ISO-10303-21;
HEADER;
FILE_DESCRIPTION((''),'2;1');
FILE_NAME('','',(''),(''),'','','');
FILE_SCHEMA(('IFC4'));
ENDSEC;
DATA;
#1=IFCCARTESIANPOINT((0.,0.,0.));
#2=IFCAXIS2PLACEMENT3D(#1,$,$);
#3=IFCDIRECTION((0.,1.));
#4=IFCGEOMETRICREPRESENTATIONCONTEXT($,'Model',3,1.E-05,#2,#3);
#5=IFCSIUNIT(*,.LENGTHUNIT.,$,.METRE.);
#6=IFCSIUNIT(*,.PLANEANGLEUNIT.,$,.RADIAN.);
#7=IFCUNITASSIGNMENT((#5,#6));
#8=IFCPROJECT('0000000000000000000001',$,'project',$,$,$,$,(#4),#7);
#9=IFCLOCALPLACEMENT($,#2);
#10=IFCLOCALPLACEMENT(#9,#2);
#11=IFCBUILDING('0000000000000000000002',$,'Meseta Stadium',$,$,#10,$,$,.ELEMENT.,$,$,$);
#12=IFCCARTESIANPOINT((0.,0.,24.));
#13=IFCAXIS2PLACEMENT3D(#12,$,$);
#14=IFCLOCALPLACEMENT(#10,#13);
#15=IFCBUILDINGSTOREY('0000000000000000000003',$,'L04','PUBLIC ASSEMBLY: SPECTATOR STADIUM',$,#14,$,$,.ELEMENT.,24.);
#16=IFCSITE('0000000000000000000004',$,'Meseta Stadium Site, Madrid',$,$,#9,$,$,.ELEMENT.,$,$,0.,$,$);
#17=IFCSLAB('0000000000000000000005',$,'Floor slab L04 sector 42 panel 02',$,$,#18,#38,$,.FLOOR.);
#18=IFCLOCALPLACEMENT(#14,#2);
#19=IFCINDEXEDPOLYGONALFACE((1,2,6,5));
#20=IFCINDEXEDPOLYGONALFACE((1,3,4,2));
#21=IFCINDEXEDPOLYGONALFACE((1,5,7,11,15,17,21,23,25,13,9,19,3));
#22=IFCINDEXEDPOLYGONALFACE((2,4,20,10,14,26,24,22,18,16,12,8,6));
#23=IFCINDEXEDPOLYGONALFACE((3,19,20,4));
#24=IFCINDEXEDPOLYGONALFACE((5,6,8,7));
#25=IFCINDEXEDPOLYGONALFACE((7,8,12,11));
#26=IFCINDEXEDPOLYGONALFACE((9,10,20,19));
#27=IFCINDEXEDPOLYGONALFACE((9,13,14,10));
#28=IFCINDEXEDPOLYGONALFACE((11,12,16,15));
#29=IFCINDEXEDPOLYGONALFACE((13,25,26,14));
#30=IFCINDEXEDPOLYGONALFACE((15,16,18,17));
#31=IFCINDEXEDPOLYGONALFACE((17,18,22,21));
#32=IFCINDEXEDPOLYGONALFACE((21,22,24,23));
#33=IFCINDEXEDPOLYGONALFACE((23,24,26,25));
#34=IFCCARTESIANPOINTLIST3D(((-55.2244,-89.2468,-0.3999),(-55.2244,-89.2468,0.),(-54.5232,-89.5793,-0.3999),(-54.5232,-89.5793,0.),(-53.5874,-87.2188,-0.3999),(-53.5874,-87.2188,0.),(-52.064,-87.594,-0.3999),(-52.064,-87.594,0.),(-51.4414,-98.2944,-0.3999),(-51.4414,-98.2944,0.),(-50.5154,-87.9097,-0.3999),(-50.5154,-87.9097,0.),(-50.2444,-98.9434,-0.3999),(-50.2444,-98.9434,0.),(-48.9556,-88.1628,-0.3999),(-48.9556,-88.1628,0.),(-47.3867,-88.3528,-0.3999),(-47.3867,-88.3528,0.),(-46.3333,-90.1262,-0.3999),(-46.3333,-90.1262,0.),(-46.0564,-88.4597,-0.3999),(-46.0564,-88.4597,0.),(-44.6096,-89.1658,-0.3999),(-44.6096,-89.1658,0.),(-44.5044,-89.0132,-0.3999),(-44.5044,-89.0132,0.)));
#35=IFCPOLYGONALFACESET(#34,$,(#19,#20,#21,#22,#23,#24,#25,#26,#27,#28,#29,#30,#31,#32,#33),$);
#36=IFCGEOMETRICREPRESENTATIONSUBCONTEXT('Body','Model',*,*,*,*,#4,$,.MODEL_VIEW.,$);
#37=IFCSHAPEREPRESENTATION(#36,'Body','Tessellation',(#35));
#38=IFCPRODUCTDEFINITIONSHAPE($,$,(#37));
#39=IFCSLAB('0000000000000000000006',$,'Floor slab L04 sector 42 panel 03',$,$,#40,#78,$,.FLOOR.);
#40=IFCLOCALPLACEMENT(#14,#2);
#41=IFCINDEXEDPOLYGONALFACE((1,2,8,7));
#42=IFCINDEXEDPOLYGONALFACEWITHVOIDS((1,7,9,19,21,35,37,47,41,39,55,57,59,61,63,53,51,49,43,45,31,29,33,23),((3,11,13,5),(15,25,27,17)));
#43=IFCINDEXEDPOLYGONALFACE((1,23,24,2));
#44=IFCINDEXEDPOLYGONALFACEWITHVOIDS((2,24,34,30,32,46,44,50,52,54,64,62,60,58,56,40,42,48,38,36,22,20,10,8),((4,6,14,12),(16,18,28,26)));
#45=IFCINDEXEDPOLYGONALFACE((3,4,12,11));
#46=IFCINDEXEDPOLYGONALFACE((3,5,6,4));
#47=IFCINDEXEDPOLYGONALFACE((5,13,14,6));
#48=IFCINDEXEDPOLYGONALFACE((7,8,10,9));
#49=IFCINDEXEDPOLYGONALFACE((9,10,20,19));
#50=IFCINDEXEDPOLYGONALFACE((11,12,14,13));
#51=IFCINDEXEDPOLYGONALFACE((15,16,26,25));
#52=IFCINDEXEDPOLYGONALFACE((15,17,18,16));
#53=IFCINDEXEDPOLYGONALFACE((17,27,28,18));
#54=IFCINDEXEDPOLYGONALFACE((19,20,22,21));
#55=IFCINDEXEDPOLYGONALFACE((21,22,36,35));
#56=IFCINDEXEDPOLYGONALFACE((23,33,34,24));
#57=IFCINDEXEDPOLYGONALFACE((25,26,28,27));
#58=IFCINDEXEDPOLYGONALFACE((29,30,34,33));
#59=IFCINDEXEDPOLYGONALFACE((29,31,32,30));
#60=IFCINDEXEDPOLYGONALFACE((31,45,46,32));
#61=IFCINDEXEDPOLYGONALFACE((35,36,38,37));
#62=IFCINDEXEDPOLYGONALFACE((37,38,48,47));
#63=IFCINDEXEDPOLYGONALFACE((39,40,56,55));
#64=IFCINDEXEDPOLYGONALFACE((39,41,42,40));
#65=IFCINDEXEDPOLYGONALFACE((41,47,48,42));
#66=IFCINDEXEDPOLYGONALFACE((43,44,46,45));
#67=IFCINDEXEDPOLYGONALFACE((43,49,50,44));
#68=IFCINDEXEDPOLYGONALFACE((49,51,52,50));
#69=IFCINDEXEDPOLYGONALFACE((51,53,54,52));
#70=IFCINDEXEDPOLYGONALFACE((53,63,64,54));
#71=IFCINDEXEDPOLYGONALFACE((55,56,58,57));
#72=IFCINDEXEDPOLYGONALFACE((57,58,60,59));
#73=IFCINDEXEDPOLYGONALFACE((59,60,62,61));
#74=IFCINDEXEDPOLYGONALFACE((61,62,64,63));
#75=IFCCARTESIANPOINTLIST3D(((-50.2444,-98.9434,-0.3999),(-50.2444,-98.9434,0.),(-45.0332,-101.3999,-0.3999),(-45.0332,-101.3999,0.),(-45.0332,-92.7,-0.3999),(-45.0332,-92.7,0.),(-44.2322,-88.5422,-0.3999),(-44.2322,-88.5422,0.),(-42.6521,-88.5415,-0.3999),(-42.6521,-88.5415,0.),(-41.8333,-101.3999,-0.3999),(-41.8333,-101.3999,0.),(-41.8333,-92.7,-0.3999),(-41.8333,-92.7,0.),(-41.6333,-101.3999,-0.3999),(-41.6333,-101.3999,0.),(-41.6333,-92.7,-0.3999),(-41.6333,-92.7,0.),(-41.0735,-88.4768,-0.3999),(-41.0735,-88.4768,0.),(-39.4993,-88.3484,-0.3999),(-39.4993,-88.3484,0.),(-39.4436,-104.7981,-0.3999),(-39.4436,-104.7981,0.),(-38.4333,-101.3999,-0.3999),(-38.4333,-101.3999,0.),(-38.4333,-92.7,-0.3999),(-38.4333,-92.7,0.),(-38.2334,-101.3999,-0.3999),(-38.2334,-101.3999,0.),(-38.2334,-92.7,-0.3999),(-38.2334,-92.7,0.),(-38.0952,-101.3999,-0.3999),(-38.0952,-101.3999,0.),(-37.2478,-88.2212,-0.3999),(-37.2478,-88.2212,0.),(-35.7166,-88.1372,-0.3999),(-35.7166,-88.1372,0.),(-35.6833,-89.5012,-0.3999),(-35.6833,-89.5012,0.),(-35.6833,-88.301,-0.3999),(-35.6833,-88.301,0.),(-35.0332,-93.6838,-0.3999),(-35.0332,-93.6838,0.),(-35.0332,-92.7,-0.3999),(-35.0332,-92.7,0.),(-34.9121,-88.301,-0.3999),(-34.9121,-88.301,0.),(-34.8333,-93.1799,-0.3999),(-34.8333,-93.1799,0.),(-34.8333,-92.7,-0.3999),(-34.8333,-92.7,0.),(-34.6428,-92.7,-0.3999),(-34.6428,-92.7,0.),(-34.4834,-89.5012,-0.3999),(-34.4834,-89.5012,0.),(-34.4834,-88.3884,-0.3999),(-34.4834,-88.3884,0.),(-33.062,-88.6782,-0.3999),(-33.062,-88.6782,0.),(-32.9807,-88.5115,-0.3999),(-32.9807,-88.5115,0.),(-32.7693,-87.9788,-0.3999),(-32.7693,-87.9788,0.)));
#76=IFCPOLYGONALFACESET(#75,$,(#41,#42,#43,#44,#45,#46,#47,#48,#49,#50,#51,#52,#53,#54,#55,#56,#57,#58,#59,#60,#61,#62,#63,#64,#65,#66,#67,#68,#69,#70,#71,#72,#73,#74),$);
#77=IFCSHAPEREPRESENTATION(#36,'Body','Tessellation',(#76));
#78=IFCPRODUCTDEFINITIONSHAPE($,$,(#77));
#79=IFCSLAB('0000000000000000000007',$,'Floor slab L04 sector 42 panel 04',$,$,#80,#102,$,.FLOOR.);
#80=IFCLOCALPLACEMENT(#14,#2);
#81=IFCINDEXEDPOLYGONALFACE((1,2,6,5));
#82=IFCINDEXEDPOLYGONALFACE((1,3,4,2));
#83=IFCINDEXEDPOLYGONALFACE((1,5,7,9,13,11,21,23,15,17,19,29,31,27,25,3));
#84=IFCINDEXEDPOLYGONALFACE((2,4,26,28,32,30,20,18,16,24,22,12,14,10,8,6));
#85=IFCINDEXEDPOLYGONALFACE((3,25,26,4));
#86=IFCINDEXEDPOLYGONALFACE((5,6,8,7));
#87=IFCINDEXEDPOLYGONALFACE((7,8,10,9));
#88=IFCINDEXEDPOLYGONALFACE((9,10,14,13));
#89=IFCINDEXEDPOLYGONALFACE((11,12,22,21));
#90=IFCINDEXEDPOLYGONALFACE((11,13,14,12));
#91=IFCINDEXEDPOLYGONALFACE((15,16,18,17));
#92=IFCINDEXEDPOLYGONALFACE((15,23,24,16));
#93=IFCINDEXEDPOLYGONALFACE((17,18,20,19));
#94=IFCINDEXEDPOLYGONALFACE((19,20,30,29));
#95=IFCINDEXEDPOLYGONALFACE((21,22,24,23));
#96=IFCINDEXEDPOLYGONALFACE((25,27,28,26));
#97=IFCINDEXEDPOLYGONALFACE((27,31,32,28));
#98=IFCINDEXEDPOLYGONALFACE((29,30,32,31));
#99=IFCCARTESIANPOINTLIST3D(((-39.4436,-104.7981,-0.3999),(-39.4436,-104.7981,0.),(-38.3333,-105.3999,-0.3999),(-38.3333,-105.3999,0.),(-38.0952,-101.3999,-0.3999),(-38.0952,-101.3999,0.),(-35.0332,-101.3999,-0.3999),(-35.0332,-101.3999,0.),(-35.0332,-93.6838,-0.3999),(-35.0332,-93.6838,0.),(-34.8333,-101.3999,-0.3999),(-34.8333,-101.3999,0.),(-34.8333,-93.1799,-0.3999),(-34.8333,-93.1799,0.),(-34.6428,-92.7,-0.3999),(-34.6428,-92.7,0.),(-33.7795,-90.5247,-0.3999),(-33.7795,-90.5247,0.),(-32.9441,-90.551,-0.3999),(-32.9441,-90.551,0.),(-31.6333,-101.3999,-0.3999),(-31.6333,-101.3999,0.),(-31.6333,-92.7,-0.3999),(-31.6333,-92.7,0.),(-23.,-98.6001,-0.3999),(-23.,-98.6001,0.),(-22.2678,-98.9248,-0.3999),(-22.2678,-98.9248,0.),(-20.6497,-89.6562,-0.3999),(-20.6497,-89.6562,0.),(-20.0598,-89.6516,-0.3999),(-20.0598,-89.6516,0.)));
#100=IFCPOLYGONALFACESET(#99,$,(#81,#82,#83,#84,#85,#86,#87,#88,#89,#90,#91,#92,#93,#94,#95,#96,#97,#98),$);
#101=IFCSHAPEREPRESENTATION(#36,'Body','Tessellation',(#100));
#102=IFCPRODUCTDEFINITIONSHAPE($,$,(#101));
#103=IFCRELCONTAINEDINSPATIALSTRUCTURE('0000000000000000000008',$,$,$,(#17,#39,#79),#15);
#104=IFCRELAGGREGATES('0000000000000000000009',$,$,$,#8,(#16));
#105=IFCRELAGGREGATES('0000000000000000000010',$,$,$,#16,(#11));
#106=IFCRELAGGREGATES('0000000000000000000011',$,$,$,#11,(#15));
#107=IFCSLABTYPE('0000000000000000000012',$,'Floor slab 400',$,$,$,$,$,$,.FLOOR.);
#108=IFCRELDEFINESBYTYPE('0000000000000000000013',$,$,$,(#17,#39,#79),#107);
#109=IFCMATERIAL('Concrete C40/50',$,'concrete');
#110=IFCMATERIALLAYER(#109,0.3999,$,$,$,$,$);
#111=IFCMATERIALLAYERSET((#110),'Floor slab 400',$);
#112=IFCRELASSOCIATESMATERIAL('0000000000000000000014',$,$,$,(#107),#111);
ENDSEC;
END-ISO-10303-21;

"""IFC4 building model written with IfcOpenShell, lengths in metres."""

from ifc_helpers import new_model, si_unit, direction, frame, origin, place, context, subcontext, project, spatial, polyline, outline, extrude, material, layer, layer_set, type_object, element, save


model = new_model("IFC4")

# Units and contexts
model_context = context("Model", 3, precision=1e-05, world=origin(), true_north=direction((0.0, 1.0)))
body_context = subcontext(model_context, "Body", "Model", "MODEL_VIEW")
ifc_project = project(units=[si_unit("LENGTHUNIT", "METRE"), si_unit("PLANEANGLEUNIT", "RADIAN")], contexts=[model_context])

# Site, building, storey
site_placement = place(None, origin())
site = spatial("IfcSite", under=ifc_project, at=site_placement, Name="Meseta Stadium Site, Madrid", CompositionType="ELEMENT", RefElevation=0.0)
building_placement = place(site_placement, origin())
building = spatial("IfcBuilding", under=site, at=building_placement, Name="Meseta Stadium", CompositionType="ELEMENT")
storey_placement = place(building_placement, frame((0.0, 0.0, 24.0)))
storey = spatial("IfcBuildingStorey", under=building, at=storey_placement, Name="L04", Description="PUBLIC ASSEMBLY: SPECTATOR STADIUM", CompositionType="ELEMENT", Elevation=24.0)

# Slabs
ifc_material = material(Name="Concrete C40/50", Category="concrete")
ifc_layer = layer(ifc_material, 0.3999)
ifc_layer_set = layer_set([ifc_layer], Name="Floor slab 400")
slab_type = type_object("IfcSlabType", Name="Floor slab 400", PredefinedType="FLOOR", material=ifc_layer_set)
slab_1_placement = place(storey_placement, frame((0.0, 0.0, -0.3999)))
element("IfcSlab", 1, at=slab_1_placement, inside=storey, type_object=slab_type, Name="Floor slab L04 sector 42 panel 02", PredefinedType="FLOOR", context=body_context, shape_type="SweptSolid", body=[
    extrude(outline(polyline([(-44.2322, -88.5422), (-44.2324, -88.5422), (-44.5044, -89.0132), (-44.6096, -89.1658), (-46.0564, -88.4597), (-47.3867, -88.3528), (-48.9556, -88.1628), (-50.5154, -87.9097), (-52.064, -87.594), (-53.5874, -87.2188), (-55.2244, -89.2468), (-54.5232, -89.5793), (-46.3333, -90.1262), (-51.4414, -98.2944), (-50.2444, -98.9434), (-44.2322, -88.5422)])), origin(), (0.0, 0.0, 1.0), 0.3999),
])
slab_2_placement = place(storey_placement, frame((0.0, 0.0, -0.3999)))
element("IfcSlab", 2, at=slab_2_placement, inside=storey, type_object=slab_type, Name="Floor slab L04 sector 42 panel 03", PredefinedType="FLOOR", context=body_context, shape_type="SweptSolid", body=[
    extrude(outline(polyline([(-32.7693, -87.9788), (-32.9807, -88.5115), (-33.062, -88.6782), (-34.4834, -88.3884), (-34.4834, -89.5012), (-35.6833, -89.5012), (-35.6833, -88.301), (-34.9121, -88.301), (-35.7166, -88.1372), (-37.2478, -88.2212), (-39.4993, -88.3484), (-41.0735, -88.4768), (-42.6521, -88.5415), (-44.2322, -88.5422), (-50.2444, -98.9434), (-39.4436, -104.7981), (-38.0952, -101.3999), (-38.2334, -101.3999), (-38.2334, -92.7), (-35.0332, -92.7), (-35.0332, -93.6838), (-34.8333, -93.1799), (-34.8333, -92.7), (-34.6428, -92.7), (-32.7693, -87.9788)]), holes=[polyline([(-38.4333, -92.7), (-38.4333, -101.3999), (-41.6333, -101.3999), (-41.6333, -92.7), (-38.4333, -92.7)]), polyline([(-41.8333, -92.7), (-41.8333, -101.3999), (-45.0332, -101.3999), (-45.0332, -92.7), (-41.8333, -92.7)])]), origin(), (0.0, 0.0, 1.0), 0.3999),
])
slab_3_placement = place(storey_placement, frame((0.0, 0.0, -0.3999)))
element("IfcSlab", 3, at=slab_3_placement, inside=storey, type_object=slab_type, Name="Floor slab L04 sector 42 panel 04", PredefinedType="FLOOR", context=body_context, shape_type="SweptSolid", body=[
    extrude(outline(polyline([(-35.0332, -93.6838), (-35.0332, -101.3999), (-38.0952, -101.3999), (-39.4436, -104.7981), (-38.3333, -105.3999), (-23.0, -98.6001), (-22.2678, -98.9248), (-20.0598, -89.6516), (-20.6497, -89.6562), (-32.9441, -90.551), (-33.7795, -90.5247), (-34.6428, -92.7), (-31.6333, -92.7), (-31.6333, -101.3999), (-34.8333, -101.3999), (-34.8333, -93.1799), (-35.0332, -93.6838)])), origin(), (0.0, 0.0, 1.0), 0.3999),
])

save(model, "model.ifc")
